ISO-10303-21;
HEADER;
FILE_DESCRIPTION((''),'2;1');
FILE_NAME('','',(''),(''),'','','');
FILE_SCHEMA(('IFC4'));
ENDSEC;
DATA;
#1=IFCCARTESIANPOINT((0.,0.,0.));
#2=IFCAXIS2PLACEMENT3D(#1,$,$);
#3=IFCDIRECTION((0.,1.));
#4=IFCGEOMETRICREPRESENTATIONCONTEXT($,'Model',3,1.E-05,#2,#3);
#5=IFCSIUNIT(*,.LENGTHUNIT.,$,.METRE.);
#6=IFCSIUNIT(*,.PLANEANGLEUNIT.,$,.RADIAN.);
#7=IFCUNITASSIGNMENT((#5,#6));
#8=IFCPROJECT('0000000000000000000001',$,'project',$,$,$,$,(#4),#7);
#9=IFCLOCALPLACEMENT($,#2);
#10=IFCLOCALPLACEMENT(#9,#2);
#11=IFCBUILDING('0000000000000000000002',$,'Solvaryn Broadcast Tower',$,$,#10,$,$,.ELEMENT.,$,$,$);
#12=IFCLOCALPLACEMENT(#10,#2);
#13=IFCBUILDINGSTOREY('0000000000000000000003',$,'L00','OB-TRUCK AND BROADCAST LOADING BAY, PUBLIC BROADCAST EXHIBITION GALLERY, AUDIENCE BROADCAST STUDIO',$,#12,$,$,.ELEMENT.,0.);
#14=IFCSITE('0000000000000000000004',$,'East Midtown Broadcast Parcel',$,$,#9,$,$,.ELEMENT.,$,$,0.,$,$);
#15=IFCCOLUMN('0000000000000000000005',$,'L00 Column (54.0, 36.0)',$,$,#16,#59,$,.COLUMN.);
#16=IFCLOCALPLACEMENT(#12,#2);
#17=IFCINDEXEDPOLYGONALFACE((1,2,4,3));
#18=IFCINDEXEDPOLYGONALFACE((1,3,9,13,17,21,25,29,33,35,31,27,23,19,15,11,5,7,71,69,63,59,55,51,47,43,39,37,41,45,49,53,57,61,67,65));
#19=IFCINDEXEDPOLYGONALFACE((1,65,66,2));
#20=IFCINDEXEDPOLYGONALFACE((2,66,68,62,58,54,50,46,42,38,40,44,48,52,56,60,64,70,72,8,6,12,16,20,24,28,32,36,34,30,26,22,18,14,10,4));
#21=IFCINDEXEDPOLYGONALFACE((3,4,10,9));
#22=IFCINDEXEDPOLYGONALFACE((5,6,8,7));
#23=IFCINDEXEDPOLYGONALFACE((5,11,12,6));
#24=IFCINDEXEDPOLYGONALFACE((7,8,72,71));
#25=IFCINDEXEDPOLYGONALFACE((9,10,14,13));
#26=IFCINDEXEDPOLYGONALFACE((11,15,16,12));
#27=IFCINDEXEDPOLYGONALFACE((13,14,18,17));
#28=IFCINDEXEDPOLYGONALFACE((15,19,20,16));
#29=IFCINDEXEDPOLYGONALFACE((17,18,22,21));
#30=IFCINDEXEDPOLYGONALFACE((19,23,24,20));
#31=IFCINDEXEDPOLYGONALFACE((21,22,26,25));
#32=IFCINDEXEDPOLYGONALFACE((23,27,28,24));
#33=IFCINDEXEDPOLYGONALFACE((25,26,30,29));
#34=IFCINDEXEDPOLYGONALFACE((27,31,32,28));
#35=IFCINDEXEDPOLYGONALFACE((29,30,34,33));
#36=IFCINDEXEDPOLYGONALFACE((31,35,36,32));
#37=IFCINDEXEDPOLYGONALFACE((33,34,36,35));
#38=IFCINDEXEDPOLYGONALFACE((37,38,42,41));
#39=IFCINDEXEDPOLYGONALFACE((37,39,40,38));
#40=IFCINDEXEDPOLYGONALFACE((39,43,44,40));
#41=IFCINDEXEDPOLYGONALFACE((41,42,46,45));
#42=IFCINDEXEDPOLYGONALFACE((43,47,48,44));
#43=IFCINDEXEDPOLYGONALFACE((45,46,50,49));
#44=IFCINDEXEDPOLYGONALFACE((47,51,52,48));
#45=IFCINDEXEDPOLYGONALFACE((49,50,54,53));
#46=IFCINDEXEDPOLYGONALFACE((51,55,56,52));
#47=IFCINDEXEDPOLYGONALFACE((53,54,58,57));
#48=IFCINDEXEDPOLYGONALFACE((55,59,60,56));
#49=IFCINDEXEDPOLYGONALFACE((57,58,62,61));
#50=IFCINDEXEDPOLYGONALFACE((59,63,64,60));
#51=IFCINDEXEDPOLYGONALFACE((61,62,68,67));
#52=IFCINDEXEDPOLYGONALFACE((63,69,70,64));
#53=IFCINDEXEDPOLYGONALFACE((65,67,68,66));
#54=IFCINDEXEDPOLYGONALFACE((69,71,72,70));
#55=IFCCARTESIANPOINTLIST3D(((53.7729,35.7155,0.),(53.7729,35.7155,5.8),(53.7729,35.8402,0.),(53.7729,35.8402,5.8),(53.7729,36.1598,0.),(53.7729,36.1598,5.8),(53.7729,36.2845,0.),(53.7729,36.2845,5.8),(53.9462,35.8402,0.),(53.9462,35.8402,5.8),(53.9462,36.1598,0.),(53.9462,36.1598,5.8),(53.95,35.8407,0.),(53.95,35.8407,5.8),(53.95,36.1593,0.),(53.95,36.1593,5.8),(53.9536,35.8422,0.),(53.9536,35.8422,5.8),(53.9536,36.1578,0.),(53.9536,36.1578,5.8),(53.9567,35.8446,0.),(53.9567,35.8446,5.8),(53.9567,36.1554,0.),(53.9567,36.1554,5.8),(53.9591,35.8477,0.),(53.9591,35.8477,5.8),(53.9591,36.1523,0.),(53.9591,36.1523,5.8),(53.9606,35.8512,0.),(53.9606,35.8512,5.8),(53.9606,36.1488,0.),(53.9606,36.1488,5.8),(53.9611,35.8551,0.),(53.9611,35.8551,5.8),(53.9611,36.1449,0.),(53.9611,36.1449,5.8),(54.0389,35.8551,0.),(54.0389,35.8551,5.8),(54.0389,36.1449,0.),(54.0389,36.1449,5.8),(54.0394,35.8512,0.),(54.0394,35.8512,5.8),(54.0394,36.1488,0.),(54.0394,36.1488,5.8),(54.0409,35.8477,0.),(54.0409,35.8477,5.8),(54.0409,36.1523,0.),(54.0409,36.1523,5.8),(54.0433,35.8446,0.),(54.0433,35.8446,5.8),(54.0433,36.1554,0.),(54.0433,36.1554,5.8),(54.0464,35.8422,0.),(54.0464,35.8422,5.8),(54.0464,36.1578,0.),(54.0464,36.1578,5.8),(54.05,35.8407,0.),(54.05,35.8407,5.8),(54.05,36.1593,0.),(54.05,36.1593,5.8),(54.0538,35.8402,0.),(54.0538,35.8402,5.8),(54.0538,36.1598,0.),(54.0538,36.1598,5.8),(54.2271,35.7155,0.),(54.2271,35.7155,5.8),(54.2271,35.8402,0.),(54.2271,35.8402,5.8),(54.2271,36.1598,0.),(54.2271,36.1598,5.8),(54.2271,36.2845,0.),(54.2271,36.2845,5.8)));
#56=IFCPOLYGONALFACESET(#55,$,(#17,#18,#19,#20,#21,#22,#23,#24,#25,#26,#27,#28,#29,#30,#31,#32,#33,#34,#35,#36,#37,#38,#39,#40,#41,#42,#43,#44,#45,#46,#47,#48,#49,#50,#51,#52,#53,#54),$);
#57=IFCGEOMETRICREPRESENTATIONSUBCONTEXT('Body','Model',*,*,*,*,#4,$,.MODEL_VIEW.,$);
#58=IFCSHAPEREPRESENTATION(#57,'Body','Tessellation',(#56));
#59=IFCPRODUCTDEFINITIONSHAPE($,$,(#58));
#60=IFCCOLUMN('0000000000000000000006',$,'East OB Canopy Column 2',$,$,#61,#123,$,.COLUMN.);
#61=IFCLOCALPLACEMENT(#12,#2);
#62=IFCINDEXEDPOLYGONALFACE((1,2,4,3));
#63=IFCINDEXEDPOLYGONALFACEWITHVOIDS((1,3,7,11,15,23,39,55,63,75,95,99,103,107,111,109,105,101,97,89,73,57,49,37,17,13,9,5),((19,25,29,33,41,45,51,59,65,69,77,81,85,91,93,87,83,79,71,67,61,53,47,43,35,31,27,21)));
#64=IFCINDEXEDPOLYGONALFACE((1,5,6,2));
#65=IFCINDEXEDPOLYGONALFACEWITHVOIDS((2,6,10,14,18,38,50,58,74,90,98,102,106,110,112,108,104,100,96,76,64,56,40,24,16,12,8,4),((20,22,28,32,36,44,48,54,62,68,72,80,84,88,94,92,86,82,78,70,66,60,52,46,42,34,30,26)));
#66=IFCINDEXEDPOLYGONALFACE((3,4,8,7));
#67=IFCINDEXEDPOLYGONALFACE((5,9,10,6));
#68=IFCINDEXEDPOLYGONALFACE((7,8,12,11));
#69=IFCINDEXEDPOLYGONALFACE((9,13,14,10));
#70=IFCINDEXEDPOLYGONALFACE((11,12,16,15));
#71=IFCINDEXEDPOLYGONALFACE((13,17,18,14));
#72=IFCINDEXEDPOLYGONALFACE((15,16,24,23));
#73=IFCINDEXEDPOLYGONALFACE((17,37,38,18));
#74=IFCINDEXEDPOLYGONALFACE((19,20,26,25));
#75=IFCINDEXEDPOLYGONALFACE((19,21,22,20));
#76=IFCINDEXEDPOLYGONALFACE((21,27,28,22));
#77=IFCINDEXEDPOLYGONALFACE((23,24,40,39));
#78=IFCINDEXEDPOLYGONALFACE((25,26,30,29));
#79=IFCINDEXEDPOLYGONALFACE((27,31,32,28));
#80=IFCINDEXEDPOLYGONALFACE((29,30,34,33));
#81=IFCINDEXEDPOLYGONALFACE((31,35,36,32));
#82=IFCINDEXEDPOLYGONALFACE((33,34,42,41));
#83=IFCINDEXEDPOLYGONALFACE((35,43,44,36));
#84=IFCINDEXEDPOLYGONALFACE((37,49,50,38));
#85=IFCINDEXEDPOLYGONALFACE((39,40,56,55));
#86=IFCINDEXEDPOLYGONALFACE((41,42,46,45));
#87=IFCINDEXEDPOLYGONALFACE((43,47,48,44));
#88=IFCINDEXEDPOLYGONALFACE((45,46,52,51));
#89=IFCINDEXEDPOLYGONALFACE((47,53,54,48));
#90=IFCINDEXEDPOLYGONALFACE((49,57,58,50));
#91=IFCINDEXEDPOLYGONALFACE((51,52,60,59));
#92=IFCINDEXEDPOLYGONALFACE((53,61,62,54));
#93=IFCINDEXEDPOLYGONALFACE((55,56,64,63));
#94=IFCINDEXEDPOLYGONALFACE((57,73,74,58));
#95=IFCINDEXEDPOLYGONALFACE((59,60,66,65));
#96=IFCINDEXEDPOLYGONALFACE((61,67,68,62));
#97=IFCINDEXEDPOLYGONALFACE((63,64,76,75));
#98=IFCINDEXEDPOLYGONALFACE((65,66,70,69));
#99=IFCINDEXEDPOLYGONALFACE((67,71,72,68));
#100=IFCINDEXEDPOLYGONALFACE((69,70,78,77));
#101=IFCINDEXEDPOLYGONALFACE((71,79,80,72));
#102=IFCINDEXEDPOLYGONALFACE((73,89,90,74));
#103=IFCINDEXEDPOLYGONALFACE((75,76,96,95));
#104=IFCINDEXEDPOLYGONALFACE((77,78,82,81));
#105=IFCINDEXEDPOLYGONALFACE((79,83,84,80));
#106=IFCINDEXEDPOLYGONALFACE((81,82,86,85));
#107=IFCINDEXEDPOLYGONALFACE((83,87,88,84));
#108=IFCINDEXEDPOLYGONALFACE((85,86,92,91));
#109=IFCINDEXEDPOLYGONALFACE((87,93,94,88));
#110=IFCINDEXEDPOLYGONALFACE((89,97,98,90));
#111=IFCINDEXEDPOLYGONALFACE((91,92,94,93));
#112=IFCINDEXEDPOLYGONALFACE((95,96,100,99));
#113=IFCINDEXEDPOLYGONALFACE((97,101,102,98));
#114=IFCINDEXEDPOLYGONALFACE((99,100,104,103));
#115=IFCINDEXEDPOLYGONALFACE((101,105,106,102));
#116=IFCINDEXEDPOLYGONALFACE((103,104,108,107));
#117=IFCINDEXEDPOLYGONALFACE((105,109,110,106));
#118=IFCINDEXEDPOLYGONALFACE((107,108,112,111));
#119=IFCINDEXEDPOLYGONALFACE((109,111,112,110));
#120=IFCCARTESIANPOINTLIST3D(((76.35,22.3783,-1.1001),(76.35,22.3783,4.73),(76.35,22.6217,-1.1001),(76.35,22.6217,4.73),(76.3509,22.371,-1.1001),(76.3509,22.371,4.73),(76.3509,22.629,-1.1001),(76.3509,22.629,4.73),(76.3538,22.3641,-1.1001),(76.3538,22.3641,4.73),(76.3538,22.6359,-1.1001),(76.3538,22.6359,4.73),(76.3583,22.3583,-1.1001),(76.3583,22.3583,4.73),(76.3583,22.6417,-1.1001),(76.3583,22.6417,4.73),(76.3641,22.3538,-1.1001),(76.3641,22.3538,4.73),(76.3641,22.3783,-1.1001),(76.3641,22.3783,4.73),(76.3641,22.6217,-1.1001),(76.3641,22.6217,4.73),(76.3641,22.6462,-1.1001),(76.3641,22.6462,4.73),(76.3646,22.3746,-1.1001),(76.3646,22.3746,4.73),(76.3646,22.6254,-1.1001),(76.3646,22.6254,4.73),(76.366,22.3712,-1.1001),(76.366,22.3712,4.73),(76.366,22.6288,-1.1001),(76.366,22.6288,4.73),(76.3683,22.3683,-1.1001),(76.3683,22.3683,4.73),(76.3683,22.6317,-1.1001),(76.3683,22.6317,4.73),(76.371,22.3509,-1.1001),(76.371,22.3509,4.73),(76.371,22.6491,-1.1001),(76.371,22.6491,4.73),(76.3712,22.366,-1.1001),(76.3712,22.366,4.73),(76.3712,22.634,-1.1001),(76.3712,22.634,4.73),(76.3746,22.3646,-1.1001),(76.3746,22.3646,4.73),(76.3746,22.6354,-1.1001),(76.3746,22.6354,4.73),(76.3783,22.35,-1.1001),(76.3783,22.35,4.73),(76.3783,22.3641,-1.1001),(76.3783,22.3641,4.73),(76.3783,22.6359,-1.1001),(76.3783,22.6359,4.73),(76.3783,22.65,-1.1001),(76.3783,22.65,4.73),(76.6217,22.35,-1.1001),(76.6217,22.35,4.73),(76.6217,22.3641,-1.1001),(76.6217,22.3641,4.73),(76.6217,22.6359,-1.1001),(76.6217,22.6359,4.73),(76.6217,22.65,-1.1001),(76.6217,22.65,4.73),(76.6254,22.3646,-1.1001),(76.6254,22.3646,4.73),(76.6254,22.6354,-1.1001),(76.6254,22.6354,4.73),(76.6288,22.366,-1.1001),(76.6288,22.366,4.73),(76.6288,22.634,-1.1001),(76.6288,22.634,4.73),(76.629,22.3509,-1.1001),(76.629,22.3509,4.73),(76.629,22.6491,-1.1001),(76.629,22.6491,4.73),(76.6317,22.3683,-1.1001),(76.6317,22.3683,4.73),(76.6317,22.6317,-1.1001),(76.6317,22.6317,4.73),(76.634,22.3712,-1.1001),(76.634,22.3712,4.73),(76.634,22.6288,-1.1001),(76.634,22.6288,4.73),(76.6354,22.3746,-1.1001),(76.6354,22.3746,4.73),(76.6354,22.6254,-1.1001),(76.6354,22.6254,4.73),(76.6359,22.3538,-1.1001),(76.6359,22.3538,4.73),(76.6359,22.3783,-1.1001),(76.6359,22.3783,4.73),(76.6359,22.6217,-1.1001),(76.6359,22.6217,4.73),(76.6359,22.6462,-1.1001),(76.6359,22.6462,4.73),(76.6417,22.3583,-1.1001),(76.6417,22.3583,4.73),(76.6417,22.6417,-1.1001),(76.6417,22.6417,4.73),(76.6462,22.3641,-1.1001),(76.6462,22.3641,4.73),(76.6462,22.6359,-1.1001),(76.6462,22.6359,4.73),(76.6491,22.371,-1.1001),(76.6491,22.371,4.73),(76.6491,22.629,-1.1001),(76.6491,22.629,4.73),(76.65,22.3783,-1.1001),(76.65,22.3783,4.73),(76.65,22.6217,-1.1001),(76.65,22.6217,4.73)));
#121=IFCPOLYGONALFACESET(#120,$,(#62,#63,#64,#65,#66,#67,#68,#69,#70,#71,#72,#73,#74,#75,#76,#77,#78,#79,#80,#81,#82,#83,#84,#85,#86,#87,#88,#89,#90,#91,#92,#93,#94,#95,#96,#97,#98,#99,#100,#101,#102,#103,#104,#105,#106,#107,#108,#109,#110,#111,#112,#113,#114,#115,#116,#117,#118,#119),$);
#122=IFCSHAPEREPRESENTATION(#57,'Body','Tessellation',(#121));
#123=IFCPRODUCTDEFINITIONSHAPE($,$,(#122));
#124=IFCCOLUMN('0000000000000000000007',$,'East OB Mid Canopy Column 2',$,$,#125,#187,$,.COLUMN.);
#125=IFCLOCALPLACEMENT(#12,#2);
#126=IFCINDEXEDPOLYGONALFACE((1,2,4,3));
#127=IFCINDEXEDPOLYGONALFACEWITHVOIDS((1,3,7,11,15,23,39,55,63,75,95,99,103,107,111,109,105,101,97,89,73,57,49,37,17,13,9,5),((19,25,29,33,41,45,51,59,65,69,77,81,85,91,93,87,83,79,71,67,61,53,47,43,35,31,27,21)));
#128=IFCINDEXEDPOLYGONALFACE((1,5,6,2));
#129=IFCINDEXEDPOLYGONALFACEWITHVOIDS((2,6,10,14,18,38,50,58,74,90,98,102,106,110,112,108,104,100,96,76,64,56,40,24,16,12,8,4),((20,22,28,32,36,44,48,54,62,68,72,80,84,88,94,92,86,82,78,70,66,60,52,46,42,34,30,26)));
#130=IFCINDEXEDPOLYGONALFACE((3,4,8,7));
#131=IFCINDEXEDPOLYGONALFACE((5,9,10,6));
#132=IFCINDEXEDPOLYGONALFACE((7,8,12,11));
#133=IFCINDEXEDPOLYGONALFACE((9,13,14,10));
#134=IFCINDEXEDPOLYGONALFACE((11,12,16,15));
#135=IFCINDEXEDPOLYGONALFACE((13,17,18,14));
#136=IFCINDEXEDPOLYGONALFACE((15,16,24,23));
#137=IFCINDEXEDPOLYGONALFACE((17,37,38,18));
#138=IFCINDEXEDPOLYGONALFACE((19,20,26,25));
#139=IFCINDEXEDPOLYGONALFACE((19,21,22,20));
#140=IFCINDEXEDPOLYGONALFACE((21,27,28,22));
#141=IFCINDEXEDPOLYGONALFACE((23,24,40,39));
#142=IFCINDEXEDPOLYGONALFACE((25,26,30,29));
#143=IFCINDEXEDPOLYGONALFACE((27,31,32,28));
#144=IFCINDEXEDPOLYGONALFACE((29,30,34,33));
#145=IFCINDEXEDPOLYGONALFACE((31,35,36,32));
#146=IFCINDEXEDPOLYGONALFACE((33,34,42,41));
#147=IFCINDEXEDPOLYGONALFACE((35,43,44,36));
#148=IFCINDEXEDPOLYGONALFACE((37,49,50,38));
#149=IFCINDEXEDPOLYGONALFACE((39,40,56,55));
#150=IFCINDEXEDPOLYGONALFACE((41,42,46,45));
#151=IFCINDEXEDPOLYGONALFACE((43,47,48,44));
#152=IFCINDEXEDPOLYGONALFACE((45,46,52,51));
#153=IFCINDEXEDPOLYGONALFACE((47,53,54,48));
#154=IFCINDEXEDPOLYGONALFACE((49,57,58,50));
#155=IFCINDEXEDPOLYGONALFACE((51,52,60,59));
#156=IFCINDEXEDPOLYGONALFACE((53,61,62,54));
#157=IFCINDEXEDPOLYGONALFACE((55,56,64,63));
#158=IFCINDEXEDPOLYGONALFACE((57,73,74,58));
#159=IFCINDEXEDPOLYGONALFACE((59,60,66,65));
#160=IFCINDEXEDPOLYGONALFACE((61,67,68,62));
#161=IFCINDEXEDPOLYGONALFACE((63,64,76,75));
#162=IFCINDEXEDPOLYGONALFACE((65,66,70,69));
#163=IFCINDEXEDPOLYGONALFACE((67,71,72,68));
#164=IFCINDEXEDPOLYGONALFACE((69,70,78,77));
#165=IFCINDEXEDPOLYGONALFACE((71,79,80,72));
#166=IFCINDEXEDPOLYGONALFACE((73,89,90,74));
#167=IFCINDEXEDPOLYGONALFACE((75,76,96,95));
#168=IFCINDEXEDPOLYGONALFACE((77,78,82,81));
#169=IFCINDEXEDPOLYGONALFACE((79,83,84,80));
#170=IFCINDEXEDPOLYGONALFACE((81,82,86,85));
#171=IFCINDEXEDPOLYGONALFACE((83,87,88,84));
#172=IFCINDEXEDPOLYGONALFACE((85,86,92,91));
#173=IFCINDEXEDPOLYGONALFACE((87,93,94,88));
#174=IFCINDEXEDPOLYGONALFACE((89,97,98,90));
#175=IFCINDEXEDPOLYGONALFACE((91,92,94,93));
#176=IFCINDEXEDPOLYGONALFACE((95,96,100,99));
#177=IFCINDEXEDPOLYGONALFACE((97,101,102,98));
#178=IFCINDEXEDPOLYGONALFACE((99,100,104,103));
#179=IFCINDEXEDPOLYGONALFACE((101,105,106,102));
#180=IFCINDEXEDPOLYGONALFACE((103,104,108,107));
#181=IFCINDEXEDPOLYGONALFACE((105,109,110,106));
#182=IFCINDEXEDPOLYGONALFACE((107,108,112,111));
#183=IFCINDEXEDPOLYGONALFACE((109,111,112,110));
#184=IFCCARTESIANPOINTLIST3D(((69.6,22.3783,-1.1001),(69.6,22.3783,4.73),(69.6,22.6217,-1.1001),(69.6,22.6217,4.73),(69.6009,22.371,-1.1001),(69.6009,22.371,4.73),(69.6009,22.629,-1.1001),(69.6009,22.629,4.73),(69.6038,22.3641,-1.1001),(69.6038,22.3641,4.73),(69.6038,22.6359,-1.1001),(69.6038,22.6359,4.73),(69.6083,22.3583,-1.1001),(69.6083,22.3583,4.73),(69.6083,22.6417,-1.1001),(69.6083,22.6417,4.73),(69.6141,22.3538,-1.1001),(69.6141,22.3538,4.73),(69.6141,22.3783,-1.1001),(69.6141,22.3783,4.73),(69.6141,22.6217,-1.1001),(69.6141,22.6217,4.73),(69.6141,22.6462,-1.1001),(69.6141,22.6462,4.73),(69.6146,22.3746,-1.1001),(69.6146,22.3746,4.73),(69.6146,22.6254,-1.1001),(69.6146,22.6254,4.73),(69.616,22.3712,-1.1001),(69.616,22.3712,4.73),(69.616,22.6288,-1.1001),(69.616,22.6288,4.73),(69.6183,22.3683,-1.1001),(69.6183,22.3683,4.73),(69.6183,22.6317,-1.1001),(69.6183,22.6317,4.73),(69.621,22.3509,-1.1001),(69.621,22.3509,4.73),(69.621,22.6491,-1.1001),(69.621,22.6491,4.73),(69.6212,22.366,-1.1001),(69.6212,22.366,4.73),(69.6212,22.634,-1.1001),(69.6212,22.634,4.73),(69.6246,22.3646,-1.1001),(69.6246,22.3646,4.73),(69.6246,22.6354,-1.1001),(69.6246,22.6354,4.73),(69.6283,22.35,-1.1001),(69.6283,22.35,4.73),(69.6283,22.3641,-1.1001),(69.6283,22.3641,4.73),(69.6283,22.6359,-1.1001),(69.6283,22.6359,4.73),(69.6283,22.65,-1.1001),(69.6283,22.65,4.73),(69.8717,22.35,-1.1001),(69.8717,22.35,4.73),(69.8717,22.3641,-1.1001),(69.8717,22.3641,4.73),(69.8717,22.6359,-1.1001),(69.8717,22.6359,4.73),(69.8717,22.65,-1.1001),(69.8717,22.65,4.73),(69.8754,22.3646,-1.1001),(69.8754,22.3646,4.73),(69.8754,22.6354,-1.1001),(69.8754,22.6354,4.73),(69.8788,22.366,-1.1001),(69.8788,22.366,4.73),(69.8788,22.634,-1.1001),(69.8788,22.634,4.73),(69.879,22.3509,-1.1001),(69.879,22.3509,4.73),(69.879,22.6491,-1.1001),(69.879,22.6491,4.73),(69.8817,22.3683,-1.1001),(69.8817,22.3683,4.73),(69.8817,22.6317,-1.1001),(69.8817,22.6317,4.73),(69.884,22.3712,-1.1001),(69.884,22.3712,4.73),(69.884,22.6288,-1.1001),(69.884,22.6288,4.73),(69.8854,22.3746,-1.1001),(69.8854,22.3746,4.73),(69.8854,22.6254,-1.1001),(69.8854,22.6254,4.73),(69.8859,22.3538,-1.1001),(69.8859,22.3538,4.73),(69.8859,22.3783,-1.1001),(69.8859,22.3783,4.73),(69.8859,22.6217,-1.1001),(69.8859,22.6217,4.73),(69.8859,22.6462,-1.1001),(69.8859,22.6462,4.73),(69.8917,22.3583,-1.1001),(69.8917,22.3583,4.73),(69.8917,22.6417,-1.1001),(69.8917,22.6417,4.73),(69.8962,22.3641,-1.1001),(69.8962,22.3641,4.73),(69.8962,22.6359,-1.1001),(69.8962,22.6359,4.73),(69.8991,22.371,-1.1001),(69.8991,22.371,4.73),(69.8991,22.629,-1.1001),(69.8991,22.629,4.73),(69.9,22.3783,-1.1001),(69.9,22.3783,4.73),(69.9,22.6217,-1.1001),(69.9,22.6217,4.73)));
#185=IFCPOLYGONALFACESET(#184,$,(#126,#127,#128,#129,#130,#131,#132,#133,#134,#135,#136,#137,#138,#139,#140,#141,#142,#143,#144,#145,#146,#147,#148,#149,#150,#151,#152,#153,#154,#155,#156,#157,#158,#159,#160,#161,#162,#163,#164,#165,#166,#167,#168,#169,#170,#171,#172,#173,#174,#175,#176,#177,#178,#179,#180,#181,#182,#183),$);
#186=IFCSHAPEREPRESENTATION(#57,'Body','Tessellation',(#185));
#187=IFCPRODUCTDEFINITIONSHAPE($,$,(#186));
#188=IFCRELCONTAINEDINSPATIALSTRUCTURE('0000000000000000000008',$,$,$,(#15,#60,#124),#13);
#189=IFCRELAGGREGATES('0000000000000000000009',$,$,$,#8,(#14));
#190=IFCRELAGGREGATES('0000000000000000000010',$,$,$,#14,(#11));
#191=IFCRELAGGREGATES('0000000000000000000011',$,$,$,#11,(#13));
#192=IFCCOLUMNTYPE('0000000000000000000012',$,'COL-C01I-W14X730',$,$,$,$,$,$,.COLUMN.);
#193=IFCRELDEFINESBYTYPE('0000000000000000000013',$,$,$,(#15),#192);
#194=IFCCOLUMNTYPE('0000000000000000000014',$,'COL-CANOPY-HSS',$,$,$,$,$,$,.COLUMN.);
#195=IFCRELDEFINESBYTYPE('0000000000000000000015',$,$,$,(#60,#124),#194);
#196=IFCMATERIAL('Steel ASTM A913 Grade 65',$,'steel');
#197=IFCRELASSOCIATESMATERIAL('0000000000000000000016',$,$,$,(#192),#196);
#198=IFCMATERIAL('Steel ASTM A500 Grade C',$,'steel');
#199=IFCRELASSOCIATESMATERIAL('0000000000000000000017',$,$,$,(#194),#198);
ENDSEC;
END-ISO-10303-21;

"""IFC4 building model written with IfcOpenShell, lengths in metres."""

from ifc_helpers import new_model, si_unit, direction, frame, origin, origin_2d, place, context, subcontext, project, spatial, hollow_rectangle, i_section, extrude, material, material_profile, profile_set, type_object, element, save


model = new_model("IFC4")

# Units and contexts
model_context = context("Model", 3, precision=1e-05, world=origin(), true_north=direction((0.0, 1.0)))
body_context = subcontext(model_context, "Body", "Model", "MODEL_VIEW")
ifc_project = project(units=[si_unit("LENGTHUNIT", "METRE"), si_unit("PLANEANGLEUNIT", "RADIAN")], contexts=[model_context])

# Site, building, storey
site_placement = place(None, origin())
site = spatial("IfcSite", under=ifc_project, at=site_placement, Name="East Midtown Broadcast Parcel", CompositionType="ELEMENT", RefElevation=0.0)
building_placement = place(site_placement, origin())
building = spatial("IfcBuilding", under=site, at=building_placement, Name="Solvaryn Broadcast Tower", CompositionType="ELEMENT")
storey_placement = place(building_placement, origin())
storey = spatial("IfcBuildingStorey", under=building, at=storey_placement, Name="L00", Description="OB-TRUCK AND BROADCAST LOADING BAY, PUBLIC BROADCAST EXHIBITION GALLERY, AUDIENCE BROADCAST STUDIO", CompositionType="ELEMENT", Elevation=0.0)

# Columns
ifc_material_1 = material(Name="Steel ASTM A913 Grade 65", Category="steel")
ifc_material_profile_1 = material_profile(ifc_material_1, i_section(OverallWidth=0.4541, OverallDepth=0.5691, WebThickness=0.0779, FlangeThickness=0.1248, FilletRadius=0.0149, at=origin_2d()))
ifc_profile_set_1 = profile_set([ifc_material_profile_1], Name="Steel ASTM A913 Grade 65")
column_type_1 = type_object("IfcColumnType", Name="COL-C01I-W14X730", PredefinedType="COLUMN", material=ifc_profile_set_1)
for number, where, z_axis, x_axis, name in (
    (1, (54.0, 36.0, 0.0), (0.0, 0.0, 1.0), (1.0, 0.0, 0.0), "L00 Column (54.0, 36.0)"),
):
    element("IfcColumn", number, at=place(storey_placement, frame(where, z_axis=z_axis, x_axis=x_axis)), inside=storey, type_object=column_type_1, Name=name, PredefinedType="COLUMN", context=body_context, shape_type="SweptSolid", body=[
        extrude(i_section(OverallWidth=0.4541, OverallDepth=0.5691, WebThickness=0.0779, FlangeThickness=0.1248, FilletRadius=0.0149, at=origin_2d()), origin(), (0.0, 0.0, 1.0), 5.8),
    ])
ifc_material_2 = material(Name="Steel ASTM A500 Grade C", Category="steel")
ifc_material_profile_2 = material_profile(ifc_material_2, hollow_rectangle(XDim=0.3, YDim=0.3, WallThickness=0.0142, InnerFilletRadius=0.0142, OuterFilletRadius=0.0283, at=origin_2d()))
ifc_profile_set_2 = profile_set([ifc_material_profile_2], Name="Steel ASTM A500 Grade C")
column_type_2 = type_object("IfcColumnType", Name="COL-CANOPY-HSS", PredefinedType="COLUMN", material=ifc_profile_set_2)
for number, where, z_axis, x_axis, name in (
    (2, (76.5, 22.5, -1.1001), (0.0, 0.0, 1.0), (1.0, 0.0, 0.0), "East OB Canopy Column 2"),
    (3, (69.75, 22.5, -1.1001), (0.0, 0.0, 1.0), (1.0, 0.0, 0.0), "East OB Mid Canopy Column 2"),
):
    element("IfcColumn", number, at=place(storey_placement, frame(where, z_axis=z_axis, x_axis=x_axis)), inside=storey, type_object=column_type_2, Name=name, PredefinedType="COLUMN", context=body_context, shape_type="SweptSolid", body=[
        extrude(hollow_rectangle(XDim=0.3, YDim=0.3, WallThickness=0.0142, InnerFilletRadius=0.0142, OuterFilletRadius=0.0283, at=origin_2d()), origin(), (0.0, 0.0, 1.0), 5.8301),
    ])

save(model, "model.ifc")
